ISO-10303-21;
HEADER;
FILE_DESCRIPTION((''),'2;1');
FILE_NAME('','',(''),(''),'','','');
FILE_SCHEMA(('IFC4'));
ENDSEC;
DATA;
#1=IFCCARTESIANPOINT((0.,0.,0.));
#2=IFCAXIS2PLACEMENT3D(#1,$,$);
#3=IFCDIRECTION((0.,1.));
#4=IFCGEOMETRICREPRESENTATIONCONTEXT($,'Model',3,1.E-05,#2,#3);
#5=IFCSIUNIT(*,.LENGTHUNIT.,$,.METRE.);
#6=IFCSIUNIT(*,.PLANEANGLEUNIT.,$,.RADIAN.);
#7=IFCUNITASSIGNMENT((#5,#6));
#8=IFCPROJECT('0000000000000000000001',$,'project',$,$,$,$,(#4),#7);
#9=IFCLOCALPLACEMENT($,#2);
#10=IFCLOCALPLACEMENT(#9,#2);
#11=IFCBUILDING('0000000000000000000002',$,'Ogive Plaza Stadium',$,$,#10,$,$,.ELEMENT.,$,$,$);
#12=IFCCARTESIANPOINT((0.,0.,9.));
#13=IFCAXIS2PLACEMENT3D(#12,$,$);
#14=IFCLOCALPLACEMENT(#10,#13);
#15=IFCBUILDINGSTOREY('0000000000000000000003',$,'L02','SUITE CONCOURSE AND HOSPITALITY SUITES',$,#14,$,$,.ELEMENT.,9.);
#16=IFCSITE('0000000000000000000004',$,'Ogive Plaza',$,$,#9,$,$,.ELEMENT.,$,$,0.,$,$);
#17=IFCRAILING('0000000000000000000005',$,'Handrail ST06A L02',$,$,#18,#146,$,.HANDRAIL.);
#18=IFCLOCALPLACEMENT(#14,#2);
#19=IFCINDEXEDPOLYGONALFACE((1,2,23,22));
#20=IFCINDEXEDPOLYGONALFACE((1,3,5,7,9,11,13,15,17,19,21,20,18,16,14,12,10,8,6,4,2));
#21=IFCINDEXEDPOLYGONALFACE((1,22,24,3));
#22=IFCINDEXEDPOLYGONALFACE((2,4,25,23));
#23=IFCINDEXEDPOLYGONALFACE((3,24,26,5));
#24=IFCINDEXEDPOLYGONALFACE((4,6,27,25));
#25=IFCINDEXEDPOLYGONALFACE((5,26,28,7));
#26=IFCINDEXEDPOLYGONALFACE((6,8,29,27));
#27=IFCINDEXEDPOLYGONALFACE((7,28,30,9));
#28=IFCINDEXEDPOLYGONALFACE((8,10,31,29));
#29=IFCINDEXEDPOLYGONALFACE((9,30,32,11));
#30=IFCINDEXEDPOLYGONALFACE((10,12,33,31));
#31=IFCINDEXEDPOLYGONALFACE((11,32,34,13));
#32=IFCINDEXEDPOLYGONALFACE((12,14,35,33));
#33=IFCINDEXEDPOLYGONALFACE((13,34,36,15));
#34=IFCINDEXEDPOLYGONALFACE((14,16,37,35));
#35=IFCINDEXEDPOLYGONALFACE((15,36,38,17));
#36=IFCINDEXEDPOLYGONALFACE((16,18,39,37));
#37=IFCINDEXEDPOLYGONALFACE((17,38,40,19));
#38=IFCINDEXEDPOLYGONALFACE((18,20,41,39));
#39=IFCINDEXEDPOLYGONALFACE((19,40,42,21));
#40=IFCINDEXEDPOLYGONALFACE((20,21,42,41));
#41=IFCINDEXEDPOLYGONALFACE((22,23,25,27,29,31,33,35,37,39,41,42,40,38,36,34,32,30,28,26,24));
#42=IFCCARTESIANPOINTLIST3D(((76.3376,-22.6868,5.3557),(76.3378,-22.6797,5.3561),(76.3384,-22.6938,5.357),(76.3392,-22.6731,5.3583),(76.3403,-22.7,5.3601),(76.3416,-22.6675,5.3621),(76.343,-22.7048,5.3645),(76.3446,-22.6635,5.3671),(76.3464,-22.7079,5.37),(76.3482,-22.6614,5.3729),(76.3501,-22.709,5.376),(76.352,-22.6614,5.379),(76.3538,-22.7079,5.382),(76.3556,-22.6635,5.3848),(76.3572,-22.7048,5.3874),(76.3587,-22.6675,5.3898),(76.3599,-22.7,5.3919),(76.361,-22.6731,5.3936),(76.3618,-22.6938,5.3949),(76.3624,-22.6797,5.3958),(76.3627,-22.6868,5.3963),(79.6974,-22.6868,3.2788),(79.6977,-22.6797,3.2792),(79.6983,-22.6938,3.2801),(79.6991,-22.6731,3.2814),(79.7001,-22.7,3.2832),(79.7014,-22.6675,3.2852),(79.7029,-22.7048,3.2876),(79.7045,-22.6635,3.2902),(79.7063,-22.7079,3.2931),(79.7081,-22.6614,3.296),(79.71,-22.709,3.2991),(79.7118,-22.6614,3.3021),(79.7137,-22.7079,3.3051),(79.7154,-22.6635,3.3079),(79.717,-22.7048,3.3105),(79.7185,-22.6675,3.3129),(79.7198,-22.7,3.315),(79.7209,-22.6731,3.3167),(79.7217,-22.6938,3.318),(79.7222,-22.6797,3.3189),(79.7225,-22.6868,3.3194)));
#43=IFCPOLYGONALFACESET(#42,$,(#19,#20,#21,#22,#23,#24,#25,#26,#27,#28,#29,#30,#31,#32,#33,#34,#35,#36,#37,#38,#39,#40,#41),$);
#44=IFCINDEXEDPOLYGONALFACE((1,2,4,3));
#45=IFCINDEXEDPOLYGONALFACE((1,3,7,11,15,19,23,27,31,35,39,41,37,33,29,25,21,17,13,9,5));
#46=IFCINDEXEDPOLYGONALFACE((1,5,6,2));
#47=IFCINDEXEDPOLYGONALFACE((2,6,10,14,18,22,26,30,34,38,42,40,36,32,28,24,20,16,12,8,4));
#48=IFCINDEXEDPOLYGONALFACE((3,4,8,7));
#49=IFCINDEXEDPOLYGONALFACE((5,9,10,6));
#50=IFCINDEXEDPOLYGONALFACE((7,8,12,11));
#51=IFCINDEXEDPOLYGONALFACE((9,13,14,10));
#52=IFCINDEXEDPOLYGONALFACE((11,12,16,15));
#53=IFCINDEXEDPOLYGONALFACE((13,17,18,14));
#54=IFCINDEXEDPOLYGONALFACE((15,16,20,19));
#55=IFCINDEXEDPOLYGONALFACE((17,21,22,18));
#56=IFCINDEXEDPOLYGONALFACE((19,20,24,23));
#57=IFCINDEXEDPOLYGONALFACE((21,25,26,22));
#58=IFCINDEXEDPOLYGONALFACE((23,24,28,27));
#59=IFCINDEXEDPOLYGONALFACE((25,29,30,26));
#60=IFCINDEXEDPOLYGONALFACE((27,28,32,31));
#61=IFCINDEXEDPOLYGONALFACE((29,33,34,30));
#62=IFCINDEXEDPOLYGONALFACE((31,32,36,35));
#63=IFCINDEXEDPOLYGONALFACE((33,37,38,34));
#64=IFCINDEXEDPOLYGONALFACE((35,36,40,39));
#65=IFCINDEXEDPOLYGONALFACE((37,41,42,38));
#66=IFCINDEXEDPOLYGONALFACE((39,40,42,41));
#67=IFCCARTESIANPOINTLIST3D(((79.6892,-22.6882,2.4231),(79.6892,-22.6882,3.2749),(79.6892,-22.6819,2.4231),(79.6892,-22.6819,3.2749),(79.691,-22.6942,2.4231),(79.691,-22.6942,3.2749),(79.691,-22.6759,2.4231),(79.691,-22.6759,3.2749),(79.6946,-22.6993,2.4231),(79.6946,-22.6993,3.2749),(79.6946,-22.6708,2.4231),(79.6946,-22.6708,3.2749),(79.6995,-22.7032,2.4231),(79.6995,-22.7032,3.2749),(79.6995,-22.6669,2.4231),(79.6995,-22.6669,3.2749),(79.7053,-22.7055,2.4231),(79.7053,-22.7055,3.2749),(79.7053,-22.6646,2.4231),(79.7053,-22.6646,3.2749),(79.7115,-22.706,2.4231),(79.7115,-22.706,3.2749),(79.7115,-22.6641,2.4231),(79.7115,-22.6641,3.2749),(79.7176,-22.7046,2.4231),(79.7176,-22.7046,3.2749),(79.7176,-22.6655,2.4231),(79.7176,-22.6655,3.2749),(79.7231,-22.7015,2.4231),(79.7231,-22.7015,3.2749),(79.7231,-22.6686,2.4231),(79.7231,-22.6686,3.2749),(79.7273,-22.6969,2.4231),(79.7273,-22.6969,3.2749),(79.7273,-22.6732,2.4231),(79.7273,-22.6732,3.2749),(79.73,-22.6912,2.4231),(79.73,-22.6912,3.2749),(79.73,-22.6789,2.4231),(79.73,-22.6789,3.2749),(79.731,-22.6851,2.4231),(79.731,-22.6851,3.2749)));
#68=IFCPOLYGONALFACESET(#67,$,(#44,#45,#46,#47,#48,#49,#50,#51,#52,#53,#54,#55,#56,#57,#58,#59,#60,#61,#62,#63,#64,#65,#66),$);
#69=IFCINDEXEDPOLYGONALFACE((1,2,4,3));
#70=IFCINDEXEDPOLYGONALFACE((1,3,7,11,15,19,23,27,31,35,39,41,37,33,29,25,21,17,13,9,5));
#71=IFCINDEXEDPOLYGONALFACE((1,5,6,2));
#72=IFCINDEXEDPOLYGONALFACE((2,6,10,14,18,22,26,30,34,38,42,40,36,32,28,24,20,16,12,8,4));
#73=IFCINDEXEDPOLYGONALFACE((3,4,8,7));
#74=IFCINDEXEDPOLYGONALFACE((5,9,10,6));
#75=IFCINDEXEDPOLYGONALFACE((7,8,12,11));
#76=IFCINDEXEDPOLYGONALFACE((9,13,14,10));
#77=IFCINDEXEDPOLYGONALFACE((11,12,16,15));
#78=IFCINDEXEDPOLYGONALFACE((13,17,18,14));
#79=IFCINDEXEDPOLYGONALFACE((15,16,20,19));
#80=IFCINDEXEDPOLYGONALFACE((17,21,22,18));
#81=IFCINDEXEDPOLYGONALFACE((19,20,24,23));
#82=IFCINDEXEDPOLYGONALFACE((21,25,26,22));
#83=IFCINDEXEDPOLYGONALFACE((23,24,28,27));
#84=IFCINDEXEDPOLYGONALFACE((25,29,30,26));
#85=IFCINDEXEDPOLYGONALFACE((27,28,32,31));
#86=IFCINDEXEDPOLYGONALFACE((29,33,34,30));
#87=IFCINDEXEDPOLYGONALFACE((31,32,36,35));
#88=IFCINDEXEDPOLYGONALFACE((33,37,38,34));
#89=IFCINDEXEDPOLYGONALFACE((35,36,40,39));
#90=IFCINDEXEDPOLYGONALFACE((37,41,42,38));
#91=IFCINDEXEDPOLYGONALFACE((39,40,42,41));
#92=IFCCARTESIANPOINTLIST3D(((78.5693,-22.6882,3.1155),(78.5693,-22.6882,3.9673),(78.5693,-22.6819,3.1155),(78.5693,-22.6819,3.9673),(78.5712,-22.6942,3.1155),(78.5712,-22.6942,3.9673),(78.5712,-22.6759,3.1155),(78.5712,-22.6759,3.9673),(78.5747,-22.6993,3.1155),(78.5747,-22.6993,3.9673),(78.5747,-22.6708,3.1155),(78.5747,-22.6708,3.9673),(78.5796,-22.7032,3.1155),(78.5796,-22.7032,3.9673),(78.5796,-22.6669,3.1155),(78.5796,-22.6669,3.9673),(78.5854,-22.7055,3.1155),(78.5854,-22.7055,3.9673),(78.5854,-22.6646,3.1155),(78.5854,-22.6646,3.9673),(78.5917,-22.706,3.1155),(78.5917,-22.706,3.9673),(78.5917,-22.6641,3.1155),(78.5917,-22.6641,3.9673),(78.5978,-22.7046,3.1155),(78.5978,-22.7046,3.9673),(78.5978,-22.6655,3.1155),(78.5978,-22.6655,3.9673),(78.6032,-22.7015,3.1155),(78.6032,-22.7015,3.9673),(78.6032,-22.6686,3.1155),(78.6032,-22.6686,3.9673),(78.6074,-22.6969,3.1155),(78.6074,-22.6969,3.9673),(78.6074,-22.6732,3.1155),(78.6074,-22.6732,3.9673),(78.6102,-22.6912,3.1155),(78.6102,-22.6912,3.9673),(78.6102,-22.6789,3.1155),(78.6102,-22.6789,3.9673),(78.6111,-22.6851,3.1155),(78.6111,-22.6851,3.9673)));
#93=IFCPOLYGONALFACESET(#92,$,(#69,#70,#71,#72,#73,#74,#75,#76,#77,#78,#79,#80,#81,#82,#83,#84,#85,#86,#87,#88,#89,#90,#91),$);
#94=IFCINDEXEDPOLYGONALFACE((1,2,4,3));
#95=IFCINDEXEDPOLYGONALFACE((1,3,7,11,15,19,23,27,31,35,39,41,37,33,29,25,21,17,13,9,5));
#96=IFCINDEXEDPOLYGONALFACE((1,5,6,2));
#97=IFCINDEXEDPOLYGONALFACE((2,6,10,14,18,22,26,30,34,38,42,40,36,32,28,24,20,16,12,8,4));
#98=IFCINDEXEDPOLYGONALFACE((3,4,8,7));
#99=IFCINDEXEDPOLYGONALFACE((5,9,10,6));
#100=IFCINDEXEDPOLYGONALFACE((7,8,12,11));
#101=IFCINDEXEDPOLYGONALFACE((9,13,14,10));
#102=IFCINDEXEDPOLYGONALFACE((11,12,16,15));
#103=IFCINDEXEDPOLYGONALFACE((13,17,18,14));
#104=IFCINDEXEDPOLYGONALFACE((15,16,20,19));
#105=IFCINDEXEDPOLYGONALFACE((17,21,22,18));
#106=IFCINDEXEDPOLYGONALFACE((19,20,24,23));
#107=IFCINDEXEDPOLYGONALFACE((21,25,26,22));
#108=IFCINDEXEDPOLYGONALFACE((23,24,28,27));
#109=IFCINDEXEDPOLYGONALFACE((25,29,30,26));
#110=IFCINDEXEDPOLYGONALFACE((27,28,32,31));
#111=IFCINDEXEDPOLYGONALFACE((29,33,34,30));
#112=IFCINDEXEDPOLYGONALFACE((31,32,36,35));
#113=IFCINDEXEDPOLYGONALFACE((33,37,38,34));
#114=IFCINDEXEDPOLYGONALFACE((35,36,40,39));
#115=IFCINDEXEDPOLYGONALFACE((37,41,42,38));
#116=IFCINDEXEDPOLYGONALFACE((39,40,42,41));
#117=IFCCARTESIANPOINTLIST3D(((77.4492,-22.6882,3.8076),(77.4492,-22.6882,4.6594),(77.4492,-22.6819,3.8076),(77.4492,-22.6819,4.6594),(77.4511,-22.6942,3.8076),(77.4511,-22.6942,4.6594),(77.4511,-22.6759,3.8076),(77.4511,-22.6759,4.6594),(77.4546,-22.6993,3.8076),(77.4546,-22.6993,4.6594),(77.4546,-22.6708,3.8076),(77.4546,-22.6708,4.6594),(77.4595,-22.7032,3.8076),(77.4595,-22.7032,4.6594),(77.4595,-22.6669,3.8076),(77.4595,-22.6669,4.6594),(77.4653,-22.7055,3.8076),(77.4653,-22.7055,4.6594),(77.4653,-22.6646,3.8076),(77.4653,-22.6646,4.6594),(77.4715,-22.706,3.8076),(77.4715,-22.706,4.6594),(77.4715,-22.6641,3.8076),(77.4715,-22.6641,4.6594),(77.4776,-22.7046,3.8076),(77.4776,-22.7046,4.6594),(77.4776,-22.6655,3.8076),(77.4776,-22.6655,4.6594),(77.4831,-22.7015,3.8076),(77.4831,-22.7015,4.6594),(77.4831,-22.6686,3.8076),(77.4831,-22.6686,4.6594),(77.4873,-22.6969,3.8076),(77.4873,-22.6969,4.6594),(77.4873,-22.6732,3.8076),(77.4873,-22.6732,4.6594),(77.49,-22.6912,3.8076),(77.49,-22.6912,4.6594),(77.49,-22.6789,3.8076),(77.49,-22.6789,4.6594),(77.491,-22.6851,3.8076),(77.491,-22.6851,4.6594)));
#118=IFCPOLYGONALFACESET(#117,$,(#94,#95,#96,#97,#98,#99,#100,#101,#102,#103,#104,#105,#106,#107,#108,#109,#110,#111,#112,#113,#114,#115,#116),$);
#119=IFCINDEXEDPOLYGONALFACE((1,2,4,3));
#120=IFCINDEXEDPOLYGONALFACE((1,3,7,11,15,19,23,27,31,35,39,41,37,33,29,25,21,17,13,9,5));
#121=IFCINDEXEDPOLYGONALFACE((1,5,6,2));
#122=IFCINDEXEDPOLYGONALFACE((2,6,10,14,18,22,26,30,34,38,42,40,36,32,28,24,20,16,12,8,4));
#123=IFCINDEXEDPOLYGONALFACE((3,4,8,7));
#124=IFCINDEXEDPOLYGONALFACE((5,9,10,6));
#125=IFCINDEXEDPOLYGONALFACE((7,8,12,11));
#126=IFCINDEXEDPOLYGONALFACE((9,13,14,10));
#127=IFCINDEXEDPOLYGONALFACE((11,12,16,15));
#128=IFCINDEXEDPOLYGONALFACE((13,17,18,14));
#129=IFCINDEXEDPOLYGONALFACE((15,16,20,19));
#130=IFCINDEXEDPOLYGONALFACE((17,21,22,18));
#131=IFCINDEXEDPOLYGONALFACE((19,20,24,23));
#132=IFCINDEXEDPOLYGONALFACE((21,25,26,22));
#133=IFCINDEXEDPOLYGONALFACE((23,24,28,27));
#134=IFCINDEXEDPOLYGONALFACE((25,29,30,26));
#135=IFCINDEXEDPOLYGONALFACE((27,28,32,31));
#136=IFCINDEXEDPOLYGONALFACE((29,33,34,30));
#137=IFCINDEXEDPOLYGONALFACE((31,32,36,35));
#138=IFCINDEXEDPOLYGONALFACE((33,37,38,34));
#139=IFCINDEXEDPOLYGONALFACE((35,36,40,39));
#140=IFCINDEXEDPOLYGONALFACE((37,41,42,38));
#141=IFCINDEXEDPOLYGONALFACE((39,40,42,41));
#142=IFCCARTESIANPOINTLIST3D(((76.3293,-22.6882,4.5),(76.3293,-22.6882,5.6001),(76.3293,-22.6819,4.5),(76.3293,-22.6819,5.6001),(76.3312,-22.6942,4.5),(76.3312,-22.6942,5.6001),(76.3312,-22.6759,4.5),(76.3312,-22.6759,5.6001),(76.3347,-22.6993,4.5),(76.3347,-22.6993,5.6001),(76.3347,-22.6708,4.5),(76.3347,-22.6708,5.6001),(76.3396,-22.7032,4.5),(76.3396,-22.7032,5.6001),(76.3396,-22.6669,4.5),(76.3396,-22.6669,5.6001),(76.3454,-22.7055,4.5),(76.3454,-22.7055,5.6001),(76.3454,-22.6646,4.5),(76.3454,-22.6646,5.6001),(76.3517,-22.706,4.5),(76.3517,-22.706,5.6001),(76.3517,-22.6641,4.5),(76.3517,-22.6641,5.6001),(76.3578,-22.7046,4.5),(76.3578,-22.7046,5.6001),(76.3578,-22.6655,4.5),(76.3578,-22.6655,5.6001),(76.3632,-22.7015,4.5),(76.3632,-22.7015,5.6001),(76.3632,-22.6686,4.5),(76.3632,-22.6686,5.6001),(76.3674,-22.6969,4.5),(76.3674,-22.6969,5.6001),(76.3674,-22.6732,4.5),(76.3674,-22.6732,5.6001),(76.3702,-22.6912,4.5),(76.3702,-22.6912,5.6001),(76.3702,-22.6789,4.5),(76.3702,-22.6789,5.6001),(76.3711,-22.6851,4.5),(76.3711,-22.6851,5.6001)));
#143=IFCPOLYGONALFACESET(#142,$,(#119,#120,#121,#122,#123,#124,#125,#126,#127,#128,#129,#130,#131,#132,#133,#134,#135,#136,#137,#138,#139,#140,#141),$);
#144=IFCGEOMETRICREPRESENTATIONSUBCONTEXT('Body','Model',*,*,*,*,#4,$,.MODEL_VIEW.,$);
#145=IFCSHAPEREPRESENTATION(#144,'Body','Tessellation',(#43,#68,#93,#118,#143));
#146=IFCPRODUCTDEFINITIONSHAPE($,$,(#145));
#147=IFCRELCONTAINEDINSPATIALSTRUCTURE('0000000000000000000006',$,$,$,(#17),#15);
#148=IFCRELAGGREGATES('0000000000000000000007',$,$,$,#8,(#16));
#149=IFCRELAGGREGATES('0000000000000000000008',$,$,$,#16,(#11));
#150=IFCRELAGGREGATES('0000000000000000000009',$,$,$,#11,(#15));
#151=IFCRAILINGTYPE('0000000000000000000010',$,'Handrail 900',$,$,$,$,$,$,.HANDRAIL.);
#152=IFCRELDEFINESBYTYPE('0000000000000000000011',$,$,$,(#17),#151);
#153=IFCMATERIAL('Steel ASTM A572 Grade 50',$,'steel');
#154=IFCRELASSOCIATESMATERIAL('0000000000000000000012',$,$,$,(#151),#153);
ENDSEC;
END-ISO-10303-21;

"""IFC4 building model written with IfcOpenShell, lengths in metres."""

from ifc_helpers import new_model, si_unit, direction, frame, origin, origin_2d, place, context, subcontext, project, spatial, circle, extrude, material, type_object, element, save


model = new_model("IFC4")

# Units and contexts
model_context = context("Model", 3, precision=1e-05, world=origin(), true_north=direction((0.0, 1.0)))
body_context = subcontext(model_context, "Body", "Model", "MODEL_VIEW")
ifc_project = project(units=[si_unit("LENGTHUNIT", "METRE"), si_unit("PLANEANGLEUNIT", "RADIAN")], contexts=[model_context])

# Site, building, storey
site_placement = place(None, origin())
site = spatial("IfcSite", under=ifc_project, at=site_placement, Name="Ogive Plaza", CompositionType="ELEMENT", RefElevation=0.0)
building_placement = place(site_placement, origin())
building = spatial("IfcBuilding", under=site, at=building_placement, Name="Ogive Plaza Stadium", CompositionType="ELEMENT")
storey_placement = place(building_placement, frame((0.0, 0.0, 9.0)))
storey = spatial("IfcBuildingStorey", under=building, at=storey_placement, Name="L02", Description="SUITE CONCOURSE AND HOSPITALITY SUITES", CompositionType="ELEMENT", Elevation=9.0)

# Railing
ifc_material_1 = material(Name="Steel ASTM A572 Grade 50", Category="steel")
railing_type_1 = type_object("IfcRailingType", Name="Handrail 900", PredefinedType="HANDRAIL", material=ifc_material_1)
for number, where, name in (
    (1, (79.71, -22.6851, 2.4231), "Handrail ST06A L02"),
):
    element("IfcRailing", number, at=place(storey_placement, frame(where)), inside=storey, type_object=railing_type_1, Name=name, PredefinedType="HANDRAIL", context=body_context, shape_type="SweptSolid", body=[
        extrude(circle(Radius=0.0239, at=origin_2d()), frame((0.0, 0.0, 0.876), z_axis=(-0.850606, 0.0, 0.525803), x_axis=(0.0, -1.0, 0.0)), (0.0, 0.0, 1.0), 3.95),
        extrude(circle(Radius=0.021, at=origin_2d()), origin(), (0.0, 0.0, 1.0), 0.8518),
        extrude(circle(Radius=0.021, at=origin_2d()), frame((-1.1199, 0.0, 0.6924)), (0.0, 0.0, 1.0), 0.8518),
        extrude(circle(Radius=0.021, at=origin_2d()), frame((-2.24, 0.0, 1.3845)), (0.0, 0.0, 1.0), 0.8518),
        extrude(circle(Radius=0.021, at=origin_2d()), frame((-3.3599, 0.0, 2.0769)), (0.0, 0.0, 1.0), 1.1001),
    ])

save(model, "model.ifc")
